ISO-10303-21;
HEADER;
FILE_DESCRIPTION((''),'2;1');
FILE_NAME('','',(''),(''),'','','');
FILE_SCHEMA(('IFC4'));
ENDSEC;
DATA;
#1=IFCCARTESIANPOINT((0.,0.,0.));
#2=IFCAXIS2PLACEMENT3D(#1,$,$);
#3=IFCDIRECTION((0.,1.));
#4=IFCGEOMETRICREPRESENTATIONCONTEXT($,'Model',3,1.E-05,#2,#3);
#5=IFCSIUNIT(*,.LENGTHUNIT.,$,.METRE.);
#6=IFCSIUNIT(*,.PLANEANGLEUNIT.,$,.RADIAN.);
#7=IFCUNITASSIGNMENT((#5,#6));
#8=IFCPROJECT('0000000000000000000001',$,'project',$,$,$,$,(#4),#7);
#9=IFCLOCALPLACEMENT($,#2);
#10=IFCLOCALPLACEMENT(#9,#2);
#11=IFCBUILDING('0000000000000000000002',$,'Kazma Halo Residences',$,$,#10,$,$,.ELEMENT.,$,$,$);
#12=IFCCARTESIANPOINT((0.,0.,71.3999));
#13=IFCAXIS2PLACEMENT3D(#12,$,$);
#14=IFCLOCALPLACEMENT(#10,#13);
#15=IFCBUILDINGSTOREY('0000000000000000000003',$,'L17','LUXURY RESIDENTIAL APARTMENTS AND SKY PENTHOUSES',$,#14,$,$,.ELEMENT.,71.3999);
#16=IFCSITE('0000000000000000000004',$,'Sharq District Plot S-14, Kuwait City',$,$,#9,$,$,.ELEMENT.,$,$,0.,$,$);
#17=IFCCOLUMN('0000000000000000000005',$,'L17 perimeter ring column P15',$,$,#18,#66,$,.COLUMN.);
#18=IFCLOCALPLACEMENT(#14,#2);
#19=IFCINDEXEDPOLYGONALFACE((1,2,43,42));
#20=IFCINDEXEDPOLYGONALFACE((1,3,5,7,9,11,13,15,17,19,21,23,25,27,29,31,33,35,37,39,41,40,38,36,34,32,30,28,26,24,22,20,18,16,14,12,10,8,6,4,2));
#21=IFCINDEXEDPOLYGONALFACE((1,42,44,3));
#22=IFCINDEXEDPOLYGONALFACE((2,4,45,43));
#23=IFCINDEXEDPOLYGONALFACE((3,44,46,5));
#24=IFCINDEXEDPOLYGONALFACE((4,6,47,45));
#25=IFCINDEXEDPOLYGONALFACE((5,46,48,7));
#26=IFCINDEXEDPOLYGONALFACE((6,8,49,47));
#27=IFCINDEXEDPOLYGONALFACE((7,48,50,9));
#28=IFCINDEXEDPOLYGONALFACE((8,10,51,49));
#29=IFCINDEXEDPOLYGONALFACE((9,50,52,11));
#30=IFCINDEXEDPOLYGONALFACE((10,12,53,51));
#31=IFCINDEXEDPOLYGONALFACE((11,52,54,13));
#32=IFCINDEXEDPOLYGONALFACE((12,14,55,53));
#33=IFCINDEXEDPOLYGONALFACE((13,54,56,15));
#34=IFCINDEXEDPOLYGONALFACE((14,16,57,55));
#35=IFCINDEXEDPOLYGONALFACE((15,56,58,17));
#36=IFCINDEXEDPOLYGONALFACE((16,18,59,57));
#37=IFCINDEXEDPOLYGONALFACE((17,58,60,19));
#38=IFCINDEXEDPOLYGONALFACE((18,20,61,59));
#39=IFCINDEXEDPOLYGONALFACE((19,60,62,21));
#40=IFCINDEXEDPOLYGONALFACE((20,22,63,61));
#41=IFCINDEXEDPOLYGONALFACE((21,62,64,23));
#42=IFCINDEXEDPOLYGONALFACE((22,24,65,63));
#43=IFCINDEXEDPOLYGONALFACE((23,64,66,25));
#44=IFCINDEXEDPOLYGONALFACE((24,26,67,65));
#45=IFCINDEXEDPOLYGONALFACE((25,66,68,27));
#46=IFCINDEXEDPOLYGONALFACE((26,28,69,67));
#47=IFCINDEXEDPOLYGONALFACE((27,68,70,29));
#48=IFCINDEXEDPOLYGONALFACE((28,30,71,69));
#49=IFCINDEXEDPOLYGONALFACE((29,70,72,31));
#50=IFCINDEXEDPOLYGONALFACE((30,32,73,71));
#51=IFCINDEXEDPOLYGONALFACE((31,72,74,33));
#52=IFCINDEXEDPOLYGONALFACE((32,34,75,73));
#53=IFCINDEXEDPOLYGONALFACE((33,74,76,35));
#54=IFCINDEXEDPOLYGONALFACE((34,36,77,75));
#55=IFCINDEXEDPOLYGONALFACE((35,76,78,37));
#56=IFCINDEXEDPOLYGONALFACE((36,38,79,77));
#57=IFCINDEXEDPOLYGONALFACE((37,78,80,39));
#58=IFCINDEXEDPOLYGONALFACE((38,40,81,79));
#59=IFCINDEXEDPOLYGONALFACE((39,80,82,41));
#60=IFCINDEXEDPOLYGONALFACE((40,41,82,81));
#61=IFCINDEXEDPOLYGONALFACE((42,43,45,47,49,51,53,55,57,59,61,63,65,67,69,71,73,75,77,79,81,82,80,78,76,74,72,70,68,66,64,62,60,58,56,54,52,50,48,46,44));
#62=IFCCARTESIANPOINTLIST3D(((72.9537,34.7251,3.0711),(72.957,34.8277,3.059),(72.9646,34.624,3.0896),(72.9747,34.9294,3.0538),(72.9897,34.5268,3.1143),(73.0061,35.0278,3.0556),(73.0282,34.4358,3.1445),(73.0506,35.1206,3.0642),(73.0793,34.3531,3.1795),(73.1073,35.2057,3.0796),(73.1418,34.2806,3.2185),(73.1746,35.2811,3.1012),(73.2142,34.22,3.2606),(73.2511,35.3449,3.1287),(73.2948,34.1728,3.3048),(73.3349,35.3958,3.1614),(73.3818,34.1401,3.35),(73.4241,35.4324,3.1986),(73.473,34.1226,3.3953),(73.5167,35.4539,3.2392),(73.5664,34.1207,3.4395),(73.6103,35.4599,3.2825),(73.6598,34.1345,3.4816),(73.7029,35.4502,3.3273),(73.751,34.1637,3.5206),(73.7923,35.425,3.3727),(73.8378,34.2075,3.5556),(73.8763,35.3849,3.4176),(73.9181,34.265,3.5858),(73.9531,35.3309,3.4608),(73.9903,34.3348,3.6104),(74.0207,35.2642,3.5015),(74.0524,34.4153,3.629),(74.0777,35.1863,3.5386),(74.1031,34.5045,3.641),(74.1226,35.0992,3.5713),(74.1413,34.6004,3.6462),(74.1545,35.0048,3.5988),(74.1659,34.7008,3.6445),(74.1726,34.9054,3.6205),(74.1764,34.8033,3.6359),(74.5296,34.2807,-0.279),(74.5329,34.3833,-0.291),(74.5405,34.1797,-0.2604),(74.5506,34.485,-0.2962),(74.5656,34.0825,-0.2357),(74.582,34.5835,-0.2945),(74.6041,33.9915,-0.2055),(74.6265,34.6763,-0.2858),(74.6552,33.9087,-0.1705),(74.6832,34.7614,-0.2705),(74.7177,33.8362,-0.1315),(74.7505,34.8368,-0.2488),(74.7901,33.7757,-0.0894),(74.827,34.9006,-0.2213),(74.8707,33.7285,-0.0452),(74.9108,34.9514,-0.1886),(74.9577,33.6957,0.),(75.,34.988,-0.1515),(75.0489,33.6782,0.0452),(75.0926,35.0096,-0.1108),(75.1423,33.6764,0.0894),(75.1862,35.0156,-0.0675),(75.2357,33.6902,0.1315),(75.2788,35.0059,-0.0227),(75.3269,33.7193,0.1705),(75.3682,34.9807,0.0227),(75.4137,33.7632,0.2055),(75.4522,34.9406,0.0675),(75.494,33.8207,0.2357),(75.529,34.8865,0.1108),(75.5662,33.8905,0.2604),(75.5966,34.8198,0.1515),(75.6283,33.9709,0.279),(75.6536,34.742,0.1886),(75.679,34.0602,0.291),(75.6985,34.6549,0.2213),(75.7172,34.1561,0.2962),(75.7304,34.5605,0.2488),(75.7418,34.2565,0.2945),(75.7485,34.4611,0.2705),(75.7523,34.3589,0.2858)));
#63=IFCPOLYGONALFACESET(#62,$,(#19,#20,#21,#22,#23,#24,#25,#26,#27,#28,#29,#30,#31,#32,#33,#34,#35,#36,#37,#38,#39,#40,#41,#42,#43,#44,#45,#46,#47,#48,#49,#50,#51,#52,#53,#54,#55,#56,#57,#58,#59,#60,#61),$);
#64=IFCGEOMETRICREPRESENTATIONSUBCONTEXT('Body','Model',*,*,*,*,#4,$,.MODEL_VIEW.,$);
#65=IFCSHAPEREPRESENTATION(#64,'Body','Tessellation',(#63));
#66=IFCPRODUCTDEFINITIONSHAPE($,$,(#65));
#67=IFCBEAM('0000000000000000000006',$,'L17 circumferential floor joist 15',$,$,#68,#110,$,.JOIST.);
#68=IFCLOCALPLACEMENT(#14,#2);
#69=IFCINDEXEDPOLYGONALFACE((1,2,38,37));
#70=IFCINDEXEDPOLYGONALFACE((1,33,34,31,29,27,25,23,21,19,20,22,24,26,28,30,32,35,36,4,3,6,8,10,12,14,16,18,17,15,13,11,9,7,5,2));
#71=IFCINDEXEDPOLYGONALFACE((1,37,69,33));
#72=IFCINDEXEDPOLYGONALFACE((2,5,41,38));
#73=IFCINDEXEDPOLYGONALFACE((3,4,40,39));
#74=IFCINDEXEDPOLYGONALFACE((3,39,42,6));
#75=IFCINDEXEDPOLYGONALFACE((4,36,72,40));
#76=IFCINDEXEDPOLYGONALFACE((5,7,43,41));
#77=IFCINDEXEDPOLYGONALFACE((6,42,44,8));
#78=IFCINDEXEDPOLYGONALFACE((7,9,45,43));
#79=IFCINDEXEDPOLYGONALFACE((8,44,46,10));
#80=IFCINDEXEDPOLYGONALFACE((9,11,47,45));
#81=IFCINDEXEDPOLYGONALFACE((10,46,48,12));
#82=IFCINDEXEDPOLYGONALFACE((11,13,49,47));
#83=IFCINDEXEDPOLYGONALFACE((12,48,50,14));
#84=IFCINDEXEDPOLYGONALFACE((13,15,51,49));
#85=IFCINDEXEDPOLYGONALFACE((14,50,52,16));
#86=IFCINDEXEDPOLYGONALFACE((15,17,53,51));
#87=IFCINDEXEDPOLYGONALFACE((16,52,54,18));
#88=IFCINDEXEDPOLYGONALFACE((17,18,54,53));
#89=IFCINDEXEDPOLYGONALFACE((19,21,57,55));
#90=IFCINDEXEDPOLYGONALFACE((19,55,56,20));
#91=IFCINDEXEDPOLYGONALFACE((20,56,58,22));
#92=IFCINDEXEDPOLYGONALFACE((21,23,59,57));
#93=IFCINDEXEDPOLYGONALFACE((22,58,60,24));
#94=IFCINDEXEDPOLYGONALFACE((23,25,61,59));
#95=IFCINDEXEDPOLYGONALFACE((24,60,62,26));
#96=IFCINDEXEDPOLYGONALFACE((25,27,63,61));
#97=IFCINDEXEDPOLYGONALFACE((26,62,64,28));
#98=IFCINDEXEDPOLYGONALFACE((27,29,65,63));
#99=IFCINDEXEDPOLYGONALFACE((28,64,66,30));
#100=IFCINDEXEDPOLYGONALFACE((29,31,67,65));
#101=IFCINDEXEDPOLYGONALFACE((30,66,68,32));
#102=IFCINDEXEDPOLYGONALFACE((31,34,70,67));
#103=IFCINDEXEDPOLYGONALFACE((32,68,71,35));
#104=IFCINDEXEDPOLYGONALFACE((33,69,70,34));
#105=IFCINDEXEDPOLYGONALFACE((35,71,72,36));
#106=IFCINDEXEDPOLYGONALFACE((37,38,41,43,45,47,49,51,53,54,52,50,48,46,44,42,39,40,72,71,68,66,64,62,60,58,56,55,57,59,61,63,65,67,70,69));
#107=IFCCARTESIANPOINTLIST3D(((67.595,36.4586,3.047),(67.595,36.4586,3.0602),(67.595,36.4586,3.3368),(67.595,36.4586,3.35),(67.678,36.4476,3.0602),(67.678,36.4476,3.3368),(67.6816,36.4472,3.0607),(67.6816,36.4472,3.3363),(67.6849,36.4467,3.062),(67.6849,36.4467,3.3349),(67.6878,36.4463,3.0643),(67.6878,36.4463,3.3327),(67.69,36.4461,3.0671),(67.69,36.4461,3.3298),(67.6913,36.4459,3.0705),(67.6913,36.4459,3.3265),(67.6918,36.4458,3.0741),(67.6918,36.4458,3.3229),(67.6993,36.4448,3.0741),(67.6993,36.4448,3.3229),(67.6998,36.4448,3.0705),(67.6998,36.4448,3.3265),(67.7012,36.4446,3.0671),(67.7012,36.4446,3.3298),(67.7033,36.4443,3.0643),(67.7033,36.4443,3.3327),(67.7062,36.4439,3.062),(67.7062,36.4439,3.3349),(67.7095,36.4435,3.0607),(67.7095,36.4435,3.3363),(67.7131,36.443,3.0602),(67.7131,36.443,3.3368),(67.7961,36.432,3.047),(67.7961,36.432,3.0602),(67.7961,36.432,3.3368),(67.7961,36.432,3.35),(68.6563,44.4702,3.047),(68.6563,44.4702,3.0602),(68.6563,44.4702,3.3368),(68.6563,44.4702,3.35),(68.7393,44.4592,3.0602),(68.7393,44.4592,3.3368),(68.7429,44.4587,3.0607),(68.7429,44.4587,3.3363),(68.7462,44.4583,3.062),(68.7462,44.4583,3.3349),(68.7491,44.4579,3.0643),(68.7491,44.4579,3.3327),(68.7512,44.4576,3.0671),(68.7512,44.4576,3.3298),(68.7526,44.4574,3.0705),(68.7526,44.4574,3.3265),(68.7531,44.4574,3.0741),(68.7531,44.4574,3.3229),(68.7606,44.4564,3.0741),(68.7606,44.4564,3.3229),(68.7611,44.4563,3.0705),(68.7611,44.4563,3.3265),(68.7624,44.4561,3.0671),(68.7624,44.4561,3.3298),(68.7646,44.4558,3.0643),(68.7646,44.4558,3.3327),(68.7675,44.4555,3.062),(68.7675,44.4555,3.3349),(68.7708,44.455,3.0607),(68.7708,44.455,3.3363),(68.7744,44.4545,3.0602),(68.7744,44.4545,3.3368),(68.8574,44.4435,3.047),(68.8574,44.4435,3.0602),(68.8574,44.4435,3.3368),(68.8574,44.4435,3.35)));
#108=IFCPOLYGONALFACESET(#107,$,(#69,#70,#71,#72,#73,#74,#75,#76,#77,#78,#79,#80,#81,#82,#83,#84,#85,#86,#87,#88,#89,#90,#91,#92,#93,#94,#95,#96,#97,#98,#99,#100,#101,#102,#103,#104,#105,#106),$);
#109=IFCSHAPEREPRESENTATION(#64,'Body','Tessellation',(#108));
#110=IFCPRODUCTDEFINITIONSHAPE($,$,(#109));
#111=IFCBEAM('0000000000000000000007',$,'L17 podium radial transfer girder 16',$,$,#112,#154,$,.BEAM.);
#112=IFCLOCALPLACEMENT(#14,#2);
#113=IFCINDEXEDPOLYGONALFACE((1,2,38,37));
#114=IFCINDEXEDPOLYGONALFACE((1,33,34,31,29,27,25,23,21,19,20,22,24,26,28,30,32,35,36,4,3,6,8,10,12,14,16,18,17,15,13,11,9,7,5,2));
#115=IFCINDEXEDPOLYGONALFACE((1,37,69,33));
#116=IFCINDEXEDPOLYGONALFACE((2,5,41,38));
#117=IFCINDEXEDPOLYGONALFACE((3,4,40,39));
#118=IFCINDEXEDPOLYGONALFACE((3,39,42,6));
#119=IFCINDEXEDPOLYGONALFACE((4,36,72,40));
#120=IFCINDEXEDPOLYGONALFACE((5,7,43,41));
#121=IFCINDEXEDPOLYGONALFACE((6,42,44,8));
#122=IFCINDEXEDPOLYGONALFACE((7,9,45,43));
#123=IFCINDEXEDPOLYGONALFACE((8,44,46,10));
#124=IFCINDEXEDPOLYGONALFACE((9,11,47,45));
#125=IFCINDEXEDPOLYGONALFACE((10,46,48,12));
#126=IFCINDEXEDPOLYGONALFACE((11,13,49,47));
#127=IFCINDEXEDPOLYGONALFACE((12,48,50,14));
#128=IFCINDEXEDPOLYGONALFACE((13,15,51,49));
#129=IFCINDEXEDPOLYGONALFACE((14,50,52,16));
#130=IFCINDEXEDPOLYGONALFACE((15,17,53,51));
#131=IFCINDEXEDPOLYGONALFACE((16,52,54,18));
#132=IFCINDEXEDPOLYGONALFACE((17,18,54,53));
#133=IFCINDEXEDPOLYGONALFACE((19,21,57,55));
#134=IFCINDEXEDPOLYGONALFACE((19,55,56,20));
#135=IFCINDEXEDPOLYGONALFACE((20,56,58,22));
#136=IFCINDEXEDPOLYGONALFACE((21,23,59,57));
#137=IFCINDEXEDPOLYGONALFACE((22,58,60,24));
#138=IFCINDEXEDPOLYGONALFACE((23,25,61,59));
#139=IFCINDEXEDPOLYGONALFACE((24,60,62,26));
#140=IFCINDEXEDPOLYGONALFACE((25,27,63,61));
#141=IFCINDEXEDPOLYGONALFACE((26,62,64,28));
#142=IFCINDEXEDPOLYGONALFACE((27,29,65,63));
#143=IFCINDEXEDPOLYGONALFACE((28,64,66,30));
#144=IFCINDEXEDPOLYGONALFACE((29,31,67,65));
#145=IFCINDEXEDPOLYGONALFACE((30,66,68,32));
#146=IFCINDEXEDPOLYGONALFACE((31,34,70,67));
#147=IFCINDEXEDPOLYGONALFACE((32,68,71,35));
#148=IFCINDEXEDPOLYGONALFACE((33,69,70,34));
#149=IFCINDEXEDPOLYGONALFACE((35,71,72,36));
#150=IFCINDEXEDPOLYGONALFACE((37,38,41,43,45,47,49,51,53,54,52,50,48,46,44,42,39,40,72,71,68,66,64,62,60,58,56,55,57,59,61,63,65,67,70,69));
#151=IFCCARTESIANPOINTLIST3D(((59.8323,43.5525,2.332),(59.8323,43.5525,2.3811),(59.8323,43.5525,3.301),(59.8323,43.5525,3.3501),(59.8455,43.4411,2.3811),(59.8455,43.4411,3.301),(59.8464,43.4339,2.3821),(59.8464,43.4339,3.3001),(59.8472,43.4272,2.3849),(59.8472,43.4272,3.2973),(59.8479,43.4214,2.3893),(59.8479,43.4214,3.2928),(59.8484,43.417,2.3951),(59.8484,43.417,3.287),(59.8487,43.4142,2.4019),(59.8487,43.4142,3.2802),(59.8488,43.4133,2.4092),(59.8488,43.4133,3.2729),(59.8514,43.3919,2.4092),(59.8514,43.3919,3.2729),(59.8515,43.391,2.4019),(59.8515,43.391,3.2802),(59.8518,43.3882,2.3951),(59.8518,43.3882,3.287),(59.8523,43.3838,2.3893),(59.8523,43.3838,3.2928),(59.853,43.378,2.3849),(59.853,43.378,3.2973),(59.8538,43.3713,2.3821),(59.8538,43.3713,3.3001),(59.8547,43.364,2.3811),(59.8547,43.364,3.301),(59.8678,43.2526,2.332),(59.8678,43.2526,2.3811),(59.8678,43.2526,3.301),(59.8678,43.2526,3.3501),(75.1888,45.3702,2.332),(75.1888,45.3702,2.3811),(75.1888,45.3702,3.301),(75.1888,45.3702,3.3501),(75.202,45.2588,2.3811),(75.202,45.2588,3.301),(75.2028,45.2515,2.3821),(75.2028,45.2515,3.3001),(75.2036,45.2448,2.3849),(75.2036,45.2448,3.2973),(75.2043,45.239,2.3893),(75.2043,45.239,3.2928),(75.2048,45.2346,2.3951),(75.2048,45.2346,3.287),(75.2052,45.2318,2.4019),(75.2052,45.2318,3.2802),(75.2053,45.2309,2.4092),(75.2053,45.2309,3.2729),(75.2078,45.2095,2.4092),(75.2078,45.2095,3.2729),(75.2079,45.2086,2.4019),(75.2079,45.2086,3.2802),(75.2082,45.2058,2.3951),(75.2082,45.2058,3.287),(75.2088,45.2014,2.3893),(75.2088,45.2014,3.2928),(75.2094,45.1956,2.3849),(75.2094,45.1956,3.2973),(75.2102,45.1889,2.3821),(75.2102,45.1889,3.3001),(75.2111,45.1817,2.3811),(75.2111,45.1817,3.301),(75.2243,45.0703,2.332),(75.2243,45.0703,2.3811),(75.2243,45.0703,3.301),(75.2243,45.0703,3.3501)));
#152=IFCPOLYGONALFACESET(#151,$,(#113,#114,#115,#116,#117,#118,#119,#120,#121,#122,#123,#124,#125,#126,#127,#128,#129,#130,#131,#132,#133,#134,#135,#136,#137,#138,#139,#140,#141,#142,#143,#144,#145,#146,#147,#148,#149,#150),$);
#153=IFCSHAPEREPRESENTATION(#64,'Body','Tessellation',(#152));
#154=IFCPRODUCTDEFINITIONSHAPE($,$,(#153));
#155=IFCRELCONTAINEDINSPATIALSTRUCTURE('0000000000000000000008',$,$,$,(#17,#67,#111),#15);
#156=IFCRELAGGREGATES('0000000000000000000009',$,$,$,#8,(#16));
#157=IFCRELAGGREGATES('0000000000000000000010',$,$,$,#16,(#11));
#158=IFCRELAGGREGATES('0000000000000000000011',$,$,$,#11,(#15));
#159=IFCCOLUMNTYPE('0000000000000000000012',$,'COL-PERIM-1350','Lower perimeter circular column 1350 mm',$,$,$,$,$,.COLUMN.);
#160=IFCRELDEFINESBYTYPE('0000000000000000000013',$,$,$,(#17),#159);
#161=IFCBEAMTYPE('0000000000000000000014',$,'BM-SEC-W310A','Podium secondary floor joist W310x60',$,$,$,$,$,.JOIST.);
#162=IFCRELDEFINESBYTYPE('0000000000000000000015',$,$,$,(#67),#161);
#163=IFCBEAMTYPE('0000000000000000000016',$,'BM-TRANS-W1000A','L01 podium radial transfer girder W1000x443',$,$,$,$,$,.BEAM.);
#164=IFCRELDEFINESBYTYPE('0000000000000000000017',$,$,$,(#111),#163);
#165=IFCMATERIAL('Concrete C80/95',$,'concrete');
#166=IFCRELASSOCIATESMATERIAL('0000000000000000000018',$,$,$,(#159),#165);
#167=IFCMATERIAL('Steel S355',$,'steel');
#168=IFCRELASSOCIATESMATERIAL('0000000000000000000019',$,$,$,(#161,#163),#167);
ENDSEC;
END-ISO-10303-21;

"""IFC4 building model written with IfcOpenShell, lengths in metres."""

from ifc_helpers import new_model, si_unit, direction, frame, origin, origin_2d, place, context, subcontext, project, spatial, circle, i_section, extrude, material, material_profile, profile_set, type_object, element, save


model = new_model("IFC4")

# Units and contexts
model_context = context("Model", 3, precision=1e-05, world=origin(), true_north=direction((0.0, 1.0)))
body_context = subcontext(model_context, "Body", "Model", "MODEL_VIEW")
ifc_project = project(units=[si_unit("LENGTHUNIT", "METRE"), si_unit("PLANEANGLEUNIT", "RADIAN")], contexts=[model_context])

# Site, building, storey
site_placement = place(None, origin())
site = spatial("IfcSite", under=ifc_project, at=site_placement, Name="Sharq District Plot S-14, Kuwait City", CompositionType="ELEMENT", RefElevation=0.0)
building_placement = place(site_placement, origin())
building = spatial("IfcBuilding", under=site, at=building_placement, Name="Kazma Halo Residences", CompositionType="ELEMENT")
storey_placement = place(building_placement, frame((0.0, 0.0, 71.3999)))
storey = spatial("IfcBuildingStorey", under=building, at=storey_placement, Name="L17", Description="LUXURY RESIDENTIAL APARTMENTS AND SKY PENTHOUSES", CompositionType="ELEMENT", Elevation=71.3999)

# Column
ifc_material_1 = material(Name="Concrete C80/95", Category="concrete")
ifc_material_profile_1 = material_profile(ifc_material_1, circle(Radius=0.675, at=origin_2d()), Name="CIRC1350")
ifc_profile_set_1 = profile_set([ifc_material_profile_1], Name="Concrete C80/95")
column_type = type_object("IfcColumnType", Name="COL-PERIM-1350", Description="Lower perimeter circular column 1350 mm", PredefinedType="COLUMN", material=ifc_profile_set_1)
column_placement = place(storey_placement, frame((75.1409, 34.3455, 0.0), z_axis=(-0.422634, 0.119162, 0.898432), x_axis=(-0.271372, -0.962475, 0.0)))
element("IfcColumn", 1, at=column_placement, inside=storey, type_object=column_type, Name="L17 perimeter ring column P15", PredefinedType="COLUMN", context=body_context, shape_type="SweptSolid", body=[
    extrude(circle(Radius=0.675, at=origin_2d()), origin(), (0.0, 0.0, 1.0), 3.7288),
])

# Beams
ifc_material_2 = material(Name="Steel S355", Category="steel")
ifc_material_profile_2 = material_profile(ifc_material_2, i_section(OverallWidth=0.2029, OverallDepth=0.303, WebThickness=0.0076, FlangeThickness=0.0132, FilletRadius=0.0139, at=origin_2d()), Name="W310x60")
ifc_profile_set_2 = profile_set([ifc_material_profile_2], Name="Steel S355")
beam_type_1 = type_object("IfcBeamType", Name="BM-SEC-W310A", Description="Podium secondary floor joist W310x60", PredefinedType="JOIST", material=ifc_profile_set_2)
beam_1_placement = place(storey_placement, frame((67.6956, 36.4453, 3.1985), z_axis=(0.131323, 0.99134, 0.0), x_axis=(-0.99134, 0.131323, 0.0)))
element("IfcBeam", 2, at=beam_1_placement, inside=storey, type_object=beam_type_1, Name="L17 circumferential floor joist 15", PredefinedType="JOIST", context=body_context, shape_type="SweptSolid", body=[
    extrude(i_section(OverallWidth=0.2029, OverallDepth=0.303, WebThickness=0.0076, FlangeThickness=0.0132, FilletRadius=0.0139, at=origin_2d()), origin(), (0.0, 0.0, 1.0), 8.0815),
])
ifc_material_profile_3 = material_profile(ifc_material_2, i_section(OverallWidth=0.302, OverallDepth=1.0181, WebThickness=0.0215, FlangeThickness=0.0491, FilletRadius=0.0281, at=origin_2d()), Name="W1000x443")
ifc_profile_set_3 = profile_set([ifc_material_profile_3], Name="Steel S355")
beam_type_2 = type_object("IfcBeamType", Name="BM-TRANS-W1000A", Description="L01 podium radial transfer girder W1000x443", PredefinedType="BEAM", material=ifc_profile_set_3)
beam_2_placement = place(storey_placement, frame((59.8501, 43.4026, 2.8411), z_axis=(0.993068, 0.117542, 0.0), x_axis=(-0.117542, 0.993068, 0.0)))
element("IfcBeam", 3, at=beam_2_placement, inside=storey, type_object=beam_type_2, Name="L17 podium radial transfer girder 16", PredefinedType="BEAM", context=body_context, shape_type="SweptSolid", body=[
    extrude(i_section(OverallWidth=0.302, OverallDepth=1.0181, WebThickness=0.0215, FlangeThickness=0.0491, FilletRadius=0.0281, at=origin_2d()), origin(), (0.0, 0.0, 1.0), 15.4636),
])

save(model, "model.ifc")
